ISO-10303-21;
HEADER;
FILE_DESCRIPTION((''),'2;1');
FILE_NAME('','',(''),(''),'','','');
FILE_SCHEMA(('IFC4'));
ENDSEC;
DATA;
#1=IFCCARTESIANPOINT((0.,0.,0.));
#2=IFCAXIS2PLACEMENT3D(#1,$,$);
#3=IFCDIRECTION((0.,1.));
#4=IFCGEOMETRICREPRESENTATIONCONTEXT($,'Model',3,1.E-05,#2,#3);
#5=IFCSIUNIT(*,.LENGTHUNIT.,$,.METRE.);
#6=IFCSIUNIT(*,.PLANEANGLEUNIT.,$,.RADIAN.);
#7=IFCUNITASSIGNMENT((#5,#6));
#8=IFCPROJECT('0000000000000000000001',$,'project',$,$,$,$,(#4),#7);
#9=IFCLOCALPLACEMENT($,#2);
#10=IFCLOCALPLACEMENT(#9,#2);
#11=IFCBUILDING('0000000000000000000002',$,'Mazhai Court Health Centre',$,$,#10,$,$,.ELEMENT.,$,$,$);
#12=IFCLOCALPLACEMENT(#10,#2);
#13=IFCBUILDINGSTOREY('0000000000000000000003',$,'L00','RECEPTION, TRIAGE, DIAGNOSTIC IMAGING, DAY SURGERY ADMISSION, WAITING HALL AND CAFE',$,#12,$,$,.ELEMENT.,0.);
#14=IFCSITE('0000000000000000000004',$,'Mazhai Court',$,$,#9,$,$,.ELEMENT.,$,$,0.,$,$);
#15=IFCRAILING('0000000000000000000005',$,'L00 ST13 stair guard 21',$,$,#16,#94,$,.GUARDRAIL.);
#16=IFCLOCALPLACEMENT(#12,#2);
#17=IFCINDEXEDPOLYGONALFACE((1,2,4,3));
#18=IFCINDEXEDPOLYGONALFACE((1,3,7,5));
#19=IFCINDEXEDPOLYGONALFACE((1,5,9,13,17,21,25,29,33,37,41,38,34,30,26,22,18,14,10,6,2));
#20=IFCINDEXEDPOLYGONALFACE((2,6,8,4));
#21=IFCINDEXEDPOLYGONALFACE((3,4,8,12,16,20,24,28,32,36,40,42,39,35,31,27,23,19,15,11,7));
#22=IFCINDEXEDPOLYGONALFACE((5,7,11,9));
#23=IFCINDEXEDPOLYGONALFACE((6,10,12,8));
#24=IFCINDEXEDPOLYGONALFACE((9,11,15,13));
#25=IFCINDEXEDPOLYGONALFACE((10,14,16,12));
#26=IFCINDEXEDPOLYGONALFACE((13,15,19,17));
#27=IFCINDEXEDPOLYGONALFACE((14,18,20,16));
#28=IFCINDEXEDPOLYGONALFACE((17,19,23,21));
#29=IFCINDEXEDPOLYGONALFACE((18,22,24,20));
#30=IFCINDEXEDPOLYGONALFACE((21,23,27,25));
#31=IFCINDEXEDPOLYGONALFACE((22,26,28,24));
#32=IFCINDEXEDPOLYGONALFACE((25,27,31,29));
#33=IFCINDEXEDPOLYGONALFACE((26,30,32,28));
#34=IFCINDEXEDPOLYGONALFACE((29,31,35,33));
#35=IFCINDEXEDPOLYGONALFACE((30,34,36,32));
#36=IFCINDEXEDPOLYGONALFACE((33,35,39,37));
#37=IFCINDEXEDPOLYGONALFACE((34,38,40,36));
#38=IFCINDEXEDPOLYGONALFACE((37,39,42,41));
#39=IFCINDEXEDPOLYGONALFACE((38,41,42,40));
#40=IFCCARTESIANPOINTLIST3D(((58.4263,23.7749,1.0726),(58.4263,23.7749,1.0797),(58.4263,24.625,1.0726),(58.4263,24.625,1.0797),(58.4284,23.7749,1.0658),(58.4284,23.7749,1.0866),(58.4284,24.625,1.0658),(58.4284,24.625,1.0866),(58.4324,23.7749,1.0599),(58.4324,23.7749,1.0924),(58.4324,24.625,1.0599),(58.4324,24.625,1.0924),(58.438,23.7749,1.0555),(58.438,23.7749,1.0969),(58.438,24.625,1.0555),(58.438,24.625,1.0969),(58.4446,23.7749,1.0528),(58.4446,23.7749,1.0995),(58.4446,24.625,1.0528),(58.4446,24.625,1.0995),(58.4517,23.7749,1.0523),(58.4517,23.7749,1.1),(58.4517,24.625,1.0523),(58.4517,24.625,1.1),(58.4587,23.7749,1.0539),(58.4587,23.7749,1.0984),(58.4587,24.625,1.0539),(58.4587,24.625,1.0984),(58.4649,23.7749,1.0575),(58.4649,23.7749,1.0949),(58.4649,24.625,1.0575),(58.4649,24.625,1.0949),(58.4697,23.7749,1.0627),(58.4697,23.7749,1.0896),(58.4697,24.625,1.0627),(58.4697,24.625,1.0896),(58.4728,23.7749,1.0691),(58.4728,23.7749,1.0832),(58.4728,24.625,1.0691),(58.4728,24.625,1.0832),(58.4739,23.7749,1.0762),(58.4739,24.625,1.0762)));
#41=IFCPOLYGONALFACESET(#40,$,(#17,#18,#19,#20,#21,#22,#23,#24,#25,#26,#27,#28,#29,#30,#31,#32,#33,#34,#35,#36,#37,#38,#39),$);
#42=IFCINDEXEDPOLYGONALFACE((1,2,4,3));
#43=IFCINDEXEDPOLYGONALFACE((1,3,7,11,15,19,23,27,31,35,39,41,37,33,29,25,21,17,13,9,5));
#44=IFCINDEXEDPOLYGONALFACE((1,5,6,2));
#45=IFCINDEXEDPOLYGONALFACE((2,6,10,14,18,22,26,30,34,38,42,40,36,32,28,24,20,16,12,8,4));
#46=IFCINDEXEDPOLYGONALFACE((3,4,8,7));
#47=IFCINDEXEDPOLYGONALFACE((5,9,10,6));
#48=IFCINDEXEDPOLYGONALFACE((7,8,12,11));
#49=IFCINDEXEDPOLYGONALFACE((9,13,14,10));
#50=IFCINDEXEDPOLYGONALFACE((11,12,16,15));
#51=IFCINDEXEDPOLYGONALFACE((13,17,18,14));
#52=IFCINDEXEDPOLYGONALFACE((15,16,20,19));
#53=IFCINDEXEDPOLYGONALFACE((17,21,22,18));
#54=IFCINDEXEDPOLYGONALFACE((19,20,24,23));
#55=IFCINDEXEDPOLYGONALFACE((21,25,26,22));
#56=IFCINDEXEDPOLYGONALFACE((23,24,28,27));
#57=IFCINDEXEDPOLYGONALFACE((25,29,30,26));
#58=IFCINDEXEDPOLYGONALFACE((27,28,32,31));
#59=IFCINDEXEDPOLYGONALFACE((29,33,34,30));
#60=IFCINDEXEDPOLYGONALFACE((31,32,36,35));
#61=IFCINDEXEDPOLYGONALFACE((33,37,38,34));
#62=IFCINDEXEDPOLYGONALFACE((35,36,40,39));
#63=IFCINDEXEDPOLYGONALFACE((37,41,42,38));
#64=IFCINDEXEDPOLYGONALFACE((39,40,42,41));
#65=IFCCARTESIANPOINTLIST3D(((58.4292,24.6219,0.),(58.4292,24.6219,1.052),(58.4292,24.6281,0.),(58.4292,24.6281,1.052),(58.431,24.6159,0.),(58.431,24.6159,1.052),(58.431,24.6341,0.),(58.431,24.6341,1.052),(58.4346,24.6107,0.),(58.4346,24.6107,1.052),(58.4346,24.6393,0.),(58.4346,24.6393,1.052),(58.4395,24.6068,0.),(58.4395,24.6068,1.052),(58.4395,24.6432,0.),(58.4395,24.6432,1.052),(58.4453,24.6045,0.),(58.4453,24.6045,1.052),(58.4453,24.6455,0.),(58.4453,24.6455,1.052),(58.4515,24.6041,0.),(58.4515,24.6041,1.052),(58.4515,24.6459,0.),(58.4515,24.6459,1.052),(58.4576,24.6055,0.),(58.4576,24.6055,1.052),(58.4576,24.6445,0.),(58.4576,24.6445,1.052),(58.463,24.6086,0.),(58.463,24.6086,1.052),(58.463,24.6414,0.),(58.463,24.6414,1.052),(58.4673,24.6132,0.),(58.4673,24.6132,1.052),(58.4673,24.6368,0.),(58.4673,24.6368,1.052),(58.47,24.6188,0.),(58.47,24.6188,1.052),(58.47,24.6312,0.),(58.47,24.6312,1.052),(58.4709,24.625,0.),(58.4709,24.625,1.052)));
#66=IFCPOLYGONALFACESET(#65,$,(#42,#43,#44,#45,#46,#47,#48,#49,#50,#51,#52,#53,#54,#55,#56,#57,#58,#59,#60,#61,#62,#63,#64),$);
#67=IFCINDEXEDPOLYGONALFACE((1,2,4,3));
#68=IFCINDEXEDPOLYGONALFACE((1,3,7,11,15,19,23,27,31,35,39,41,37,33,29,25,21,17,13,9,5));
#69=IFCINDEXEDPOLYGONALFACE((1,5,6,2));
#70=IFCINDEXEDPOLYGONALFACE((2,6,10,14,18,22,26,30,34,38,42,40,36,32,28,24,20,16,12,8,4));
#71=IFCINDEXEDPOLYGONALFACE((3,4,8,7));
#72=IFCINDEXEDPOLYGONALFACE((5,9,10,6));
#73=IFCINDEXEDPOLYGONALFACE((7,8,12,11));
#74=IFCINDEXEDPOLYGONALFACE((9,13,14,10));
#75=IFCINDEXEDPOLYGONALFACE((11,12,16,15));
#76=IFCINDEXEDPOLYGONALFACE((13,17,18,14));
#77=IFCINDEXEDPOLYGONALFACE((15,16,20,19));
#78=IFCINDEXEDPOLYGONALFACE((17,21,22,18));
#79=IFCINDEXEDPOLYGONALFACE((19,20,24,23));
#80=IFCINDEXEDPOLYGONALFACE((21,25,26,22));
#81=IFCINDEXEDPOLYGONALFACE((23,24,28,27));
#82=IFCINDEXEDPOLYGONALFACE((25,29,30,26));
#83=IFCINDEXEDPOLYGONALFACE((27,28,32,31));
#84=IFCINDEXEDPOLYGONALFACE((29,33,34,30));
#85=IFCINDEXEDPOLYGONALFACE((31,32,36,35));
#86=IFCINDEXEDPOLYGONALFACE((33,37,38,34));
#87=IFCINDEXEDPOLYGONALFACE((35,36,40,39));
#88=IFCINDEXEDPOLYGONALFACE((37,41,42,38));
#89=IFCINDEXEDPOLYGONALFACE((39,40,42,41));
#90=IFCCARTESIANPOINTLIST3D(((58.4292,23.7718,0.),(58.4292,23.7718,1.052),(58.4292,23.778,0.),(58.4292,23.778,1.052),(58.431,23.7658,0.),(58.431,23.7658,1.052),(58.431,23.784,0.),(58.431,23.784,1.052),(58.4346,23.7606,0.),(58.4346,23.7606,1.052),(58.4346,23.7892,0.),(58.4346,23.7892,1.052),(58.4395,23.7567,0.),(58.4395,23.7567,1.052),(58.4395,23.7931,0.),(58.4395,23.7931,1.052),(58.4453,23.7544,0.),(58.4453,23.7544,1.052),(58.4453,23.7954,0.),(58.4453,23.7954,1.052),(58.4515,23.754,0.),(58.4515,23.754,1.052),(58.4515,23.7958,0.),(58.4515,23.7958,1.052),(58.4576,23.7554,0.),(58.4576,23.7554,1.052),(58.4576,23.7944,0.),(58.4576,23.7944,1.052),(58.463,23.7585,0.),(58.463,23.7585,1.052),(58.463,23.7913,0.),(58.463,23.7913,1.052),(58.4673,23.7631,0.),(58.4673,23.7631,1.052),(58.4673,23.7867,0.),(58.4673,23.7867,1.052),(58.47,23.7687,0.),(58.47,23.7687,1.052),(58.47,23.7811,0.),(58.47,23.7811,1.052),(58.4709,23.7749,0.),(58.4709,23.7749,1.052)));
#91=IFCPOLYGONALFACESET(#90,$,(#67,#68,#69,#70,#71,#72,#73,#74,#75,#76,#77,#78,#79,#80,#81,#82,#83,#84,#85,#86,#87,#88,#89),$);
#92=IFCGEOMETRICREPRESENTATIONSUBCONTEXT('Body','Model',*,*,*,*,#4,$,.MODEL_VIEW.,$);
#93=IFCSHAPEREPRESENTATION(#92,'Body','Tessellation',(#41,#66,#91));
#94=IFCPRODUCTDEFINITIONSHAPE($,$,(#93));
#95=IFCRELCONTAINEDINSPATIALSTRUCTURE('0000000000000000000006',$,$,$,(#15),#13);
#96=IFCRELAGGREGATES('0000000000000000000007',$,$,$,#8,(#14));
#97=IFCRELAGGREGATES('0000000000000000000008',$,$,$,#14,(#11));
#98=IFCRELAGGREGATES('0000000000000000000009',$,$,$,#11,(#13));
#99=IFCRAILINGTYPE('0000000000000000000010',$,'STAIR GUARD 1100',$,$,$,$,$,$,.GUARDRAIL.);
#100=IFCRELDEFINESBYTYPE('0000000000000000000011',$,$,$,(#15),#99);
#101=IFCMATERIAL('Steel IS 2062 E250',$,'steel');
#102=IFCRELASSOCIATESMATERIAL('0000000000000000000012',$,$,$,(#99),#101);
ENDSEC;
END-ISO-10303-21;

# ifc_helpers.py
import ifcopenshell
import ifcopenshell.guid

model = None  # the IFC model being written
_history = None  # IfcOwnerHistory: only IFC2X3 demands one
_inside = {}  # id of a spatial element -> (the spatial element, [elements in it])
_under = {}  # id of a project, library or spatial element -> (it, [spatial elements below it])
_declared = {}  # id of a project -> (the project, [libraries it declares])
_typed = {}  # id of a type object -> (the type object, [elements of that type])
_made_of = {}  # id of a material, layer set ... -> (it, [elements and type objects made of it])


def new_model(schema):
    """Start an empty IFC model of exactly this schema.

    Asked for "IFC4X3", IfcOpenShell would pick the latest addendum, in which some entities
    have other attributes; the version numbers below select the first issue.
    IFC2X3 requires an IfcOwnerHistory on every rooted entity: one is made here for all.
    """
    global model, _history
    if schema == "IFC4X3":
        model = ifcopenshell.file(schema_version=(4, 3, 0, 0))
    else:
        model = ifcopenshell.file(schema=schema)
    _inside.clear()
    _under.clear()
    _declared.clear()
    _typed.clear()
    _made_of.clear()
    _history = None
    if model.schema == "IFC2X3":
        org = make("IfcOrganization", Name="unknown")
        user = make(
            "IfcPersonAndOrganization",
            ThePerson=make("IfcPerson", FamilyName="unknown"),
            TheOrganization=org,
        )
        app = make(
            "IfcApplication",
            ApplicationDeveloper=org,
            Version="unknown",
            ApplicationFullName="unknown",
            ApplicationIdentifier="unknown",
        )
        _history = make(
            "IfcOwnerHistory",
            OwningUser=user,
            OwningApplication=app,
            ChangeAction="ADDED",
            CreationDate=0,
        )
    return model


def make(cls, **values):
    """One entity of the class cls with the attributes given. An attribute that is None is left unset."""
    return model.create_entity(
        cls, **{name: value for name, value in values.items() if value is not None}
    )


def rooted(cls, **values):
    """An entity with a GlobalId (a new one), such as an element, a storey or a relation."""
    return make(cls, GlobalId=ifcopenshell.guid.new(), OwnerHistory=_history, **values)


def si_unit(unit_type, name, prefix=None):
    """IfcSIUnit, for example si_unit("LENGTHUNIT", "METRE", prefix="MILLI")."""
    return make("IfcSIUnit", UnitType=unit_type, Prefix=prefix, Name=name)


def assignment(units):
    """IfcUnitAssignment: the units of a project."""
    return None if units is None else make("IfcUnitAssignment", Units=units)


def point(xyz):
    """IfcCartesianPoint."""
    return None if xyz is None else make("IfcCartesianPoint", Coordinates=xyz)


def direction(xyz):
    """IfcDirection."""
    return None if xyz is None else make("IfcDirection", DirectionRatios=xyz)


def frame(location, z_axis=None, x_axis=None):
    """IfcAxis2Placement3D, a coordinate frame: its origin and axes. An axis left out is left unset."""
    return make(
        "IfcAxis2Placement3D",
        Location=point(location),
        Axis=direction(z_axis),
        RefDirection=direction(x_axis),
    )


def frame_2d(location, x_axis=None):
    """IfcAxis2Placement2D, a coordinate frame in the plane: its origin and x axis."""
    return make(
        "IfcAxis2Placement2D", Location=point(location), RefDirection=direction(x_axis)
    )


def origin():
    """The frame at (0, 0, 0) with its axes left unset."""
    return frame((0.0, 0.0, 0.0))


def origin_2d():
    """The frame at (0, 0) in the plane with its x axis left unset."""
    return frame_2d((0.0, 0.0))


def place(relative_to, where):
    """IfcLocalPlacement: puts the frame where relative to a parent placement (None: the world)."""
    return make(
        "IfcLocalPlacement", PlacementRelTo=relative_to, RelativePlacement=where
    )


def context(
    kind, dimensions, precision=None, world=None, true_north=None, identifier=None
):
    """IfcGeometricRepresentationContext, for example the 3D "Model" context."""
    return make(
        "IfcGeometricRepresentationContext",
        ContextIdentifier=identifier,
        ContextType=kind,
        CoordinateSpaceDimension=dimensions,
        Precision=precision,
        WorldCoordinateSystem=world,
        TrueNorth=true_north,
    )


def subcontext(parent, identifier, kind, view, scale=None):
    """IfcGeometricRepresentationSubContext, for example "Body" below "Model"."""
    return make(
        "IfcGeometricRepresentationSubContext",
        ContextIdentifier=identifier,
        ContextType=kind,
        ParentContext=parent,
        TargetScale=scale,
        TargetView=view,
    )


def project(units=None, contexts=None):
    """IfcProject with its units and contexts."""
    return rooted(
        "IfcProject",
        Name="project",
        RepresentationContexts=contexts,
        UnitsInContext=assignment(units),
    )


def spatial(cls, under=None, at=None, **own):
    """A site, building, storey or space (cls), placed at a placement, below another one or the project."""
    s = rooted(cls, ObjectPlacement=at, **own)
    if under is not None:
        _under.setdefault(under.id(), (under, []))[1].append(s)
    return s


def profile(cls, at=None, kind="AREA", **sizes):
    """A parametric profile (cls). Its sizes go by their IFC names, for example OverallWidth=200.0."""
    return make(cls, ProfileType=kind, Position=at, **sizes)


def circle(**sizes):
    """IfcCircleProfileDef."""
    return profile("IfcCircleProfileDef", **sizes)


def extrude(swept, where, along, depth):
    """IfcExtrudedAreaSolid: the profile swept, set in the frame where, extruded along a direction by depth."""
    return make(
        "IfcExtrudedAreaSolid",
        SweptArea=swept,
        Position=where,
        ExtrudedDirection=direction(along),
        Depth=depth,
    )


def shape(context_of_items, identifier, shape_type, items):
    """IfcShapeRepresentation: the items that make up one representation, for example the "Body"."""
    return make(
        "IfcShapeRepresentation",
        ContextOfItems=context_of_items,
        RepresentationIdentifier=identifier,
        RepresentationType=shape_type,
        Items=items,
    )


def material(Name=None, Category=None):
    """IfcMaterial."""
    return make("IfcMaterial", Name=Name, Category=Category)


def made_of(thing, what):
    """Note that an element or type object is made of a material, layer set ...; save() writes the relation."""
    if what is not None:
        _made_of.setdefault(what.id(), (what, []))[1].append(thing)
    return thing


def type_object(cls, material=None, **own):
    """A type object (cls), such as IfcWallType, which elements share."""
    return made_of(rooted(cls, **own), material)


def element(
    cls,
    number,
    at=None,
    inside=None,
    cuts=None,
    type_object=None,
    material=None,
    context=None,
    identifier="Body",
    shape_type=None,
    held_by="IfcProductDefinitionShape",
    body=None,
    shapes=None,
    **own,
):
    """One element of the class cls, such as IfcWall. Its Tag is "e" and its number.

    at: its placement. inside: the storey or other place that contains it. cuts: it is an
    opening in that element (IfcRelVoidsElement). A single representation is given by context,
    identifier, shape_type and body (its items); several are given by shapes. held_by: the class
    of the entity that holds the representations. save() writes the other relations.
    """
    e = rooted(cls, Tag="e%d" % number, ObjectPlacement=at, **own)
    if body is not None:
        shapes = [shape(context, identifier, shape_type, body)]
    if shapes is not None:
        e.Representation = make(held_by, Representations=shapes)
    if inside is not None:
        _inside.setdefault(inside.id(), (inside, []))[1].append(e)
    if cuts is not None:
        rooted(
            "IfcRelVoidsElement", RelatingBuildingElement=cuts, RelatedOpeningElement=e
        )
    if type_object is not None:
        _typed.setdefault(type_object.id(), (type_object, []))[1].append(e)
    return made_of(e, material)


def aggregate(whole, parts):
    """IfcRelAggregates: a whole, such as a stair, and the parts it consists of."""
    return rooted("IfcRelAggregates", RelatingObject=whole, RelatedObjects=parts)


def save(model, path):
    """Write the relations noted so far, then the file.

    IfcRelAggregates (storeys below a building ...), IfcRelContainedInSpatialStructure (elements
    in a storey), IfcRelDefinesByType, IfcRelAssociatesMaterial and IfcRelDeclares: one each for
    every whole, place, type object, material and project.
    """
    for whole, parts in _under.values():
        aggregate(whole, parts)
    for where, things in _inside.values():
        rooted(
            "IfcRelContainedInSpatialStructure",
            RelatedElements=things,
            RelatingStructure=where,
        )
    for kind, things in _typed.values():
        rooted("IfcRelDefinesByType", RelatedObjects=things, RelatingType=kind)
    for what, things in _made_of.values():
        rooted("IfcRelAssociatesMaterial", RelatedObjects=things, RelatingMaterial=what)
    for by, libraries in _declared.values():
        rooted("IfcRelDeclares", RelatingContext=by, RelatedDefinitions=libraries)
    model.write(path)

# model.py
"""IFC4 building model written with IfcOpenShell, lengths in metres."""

from ifc_helpers import new_model, si_unit, direction, frame, origin, origin_2d, place, context, subcontext, project, spatial, circle, extrude, material, type_object, element, save


model = new_model("IFC4")

# Units and contexts
model_context = context("Model", 3, precision=1e-05, world=origin(), true_north=direction((0.0, 1.0)))
body_context = subcontext(model_context, "Body", "Model", "MODEL_VIEW")
ifc_project = project(units=[si_unit("LENGTHUNIT", "METRE"), si_unit("PLANEANGLEUNIT", "RADIAN")], contexts=[model_context])

# Site, building, storey
site_placement = place(None, origin())
site = spatial("IfcSite", under=ifc_project, at=site_placement, Name="Mazhai Court", CompositionType="ELEMENT", RefElevation=0.0)
building_placement = place(site_placement, origin())
building = spatial("IfcBuilding", under=site, at=building_placement, Name="Mazhai Court Health Centre", CompositionType="ELEMENT")
storey_placement = place(building_placement, origin())
storey = spatial("IfcBuildingStorey", under=building, at=storey_placement, Name="L00", Description="RECEPTION, TRIAGE, DIAGNOSTIC IMAGING, DAY SURGERY ADMISSION, WAITING HALL AND CAFE", CompositionType="ELEMENT", Elevation=0.0)

# Railing
ifc_material_1 = material(Name="Steel IS 2062 E250", Category="steel")
railing_type_1 = type_object("IfcRailingType", Name="STAIR GUARD 1100", PredefinedType="GUARDRAIL", material=ifc_material_1)
railing_1_placement = place(storey_placement, frame((58.45, 24.625, 0.0)))
element("IfcRailing", 1, at=railing_1_placement, inside=storey, type_object=railing_type_1, Name="L00 ST13 stair guard 21", PredefinedType="GUARDRAIL", context=body_context, shape_type="SweptSolid", body=[
    extrude(circle(Radius=0.0239, at=origin_2d()), frame((0.0, 0.0, 1.0762), z_axis=(0.0, -1.0, 0.0), x_axis=(1.0, 0.0, 0.0)), (0.0, 0.0, 1.0), 0.8501),
    extrude(circle(Radius=0.021, at=origin_2d()), origin(), (0.0, 0.0, 1.0), 1.052),
    extrude(circle(Radius=0.021, at=origin_2d()), frame((0.0, -0.8501, 0.0)), (0.0, 0.0, 1.0), 1.052),
])

save(model, "model.ifc")
